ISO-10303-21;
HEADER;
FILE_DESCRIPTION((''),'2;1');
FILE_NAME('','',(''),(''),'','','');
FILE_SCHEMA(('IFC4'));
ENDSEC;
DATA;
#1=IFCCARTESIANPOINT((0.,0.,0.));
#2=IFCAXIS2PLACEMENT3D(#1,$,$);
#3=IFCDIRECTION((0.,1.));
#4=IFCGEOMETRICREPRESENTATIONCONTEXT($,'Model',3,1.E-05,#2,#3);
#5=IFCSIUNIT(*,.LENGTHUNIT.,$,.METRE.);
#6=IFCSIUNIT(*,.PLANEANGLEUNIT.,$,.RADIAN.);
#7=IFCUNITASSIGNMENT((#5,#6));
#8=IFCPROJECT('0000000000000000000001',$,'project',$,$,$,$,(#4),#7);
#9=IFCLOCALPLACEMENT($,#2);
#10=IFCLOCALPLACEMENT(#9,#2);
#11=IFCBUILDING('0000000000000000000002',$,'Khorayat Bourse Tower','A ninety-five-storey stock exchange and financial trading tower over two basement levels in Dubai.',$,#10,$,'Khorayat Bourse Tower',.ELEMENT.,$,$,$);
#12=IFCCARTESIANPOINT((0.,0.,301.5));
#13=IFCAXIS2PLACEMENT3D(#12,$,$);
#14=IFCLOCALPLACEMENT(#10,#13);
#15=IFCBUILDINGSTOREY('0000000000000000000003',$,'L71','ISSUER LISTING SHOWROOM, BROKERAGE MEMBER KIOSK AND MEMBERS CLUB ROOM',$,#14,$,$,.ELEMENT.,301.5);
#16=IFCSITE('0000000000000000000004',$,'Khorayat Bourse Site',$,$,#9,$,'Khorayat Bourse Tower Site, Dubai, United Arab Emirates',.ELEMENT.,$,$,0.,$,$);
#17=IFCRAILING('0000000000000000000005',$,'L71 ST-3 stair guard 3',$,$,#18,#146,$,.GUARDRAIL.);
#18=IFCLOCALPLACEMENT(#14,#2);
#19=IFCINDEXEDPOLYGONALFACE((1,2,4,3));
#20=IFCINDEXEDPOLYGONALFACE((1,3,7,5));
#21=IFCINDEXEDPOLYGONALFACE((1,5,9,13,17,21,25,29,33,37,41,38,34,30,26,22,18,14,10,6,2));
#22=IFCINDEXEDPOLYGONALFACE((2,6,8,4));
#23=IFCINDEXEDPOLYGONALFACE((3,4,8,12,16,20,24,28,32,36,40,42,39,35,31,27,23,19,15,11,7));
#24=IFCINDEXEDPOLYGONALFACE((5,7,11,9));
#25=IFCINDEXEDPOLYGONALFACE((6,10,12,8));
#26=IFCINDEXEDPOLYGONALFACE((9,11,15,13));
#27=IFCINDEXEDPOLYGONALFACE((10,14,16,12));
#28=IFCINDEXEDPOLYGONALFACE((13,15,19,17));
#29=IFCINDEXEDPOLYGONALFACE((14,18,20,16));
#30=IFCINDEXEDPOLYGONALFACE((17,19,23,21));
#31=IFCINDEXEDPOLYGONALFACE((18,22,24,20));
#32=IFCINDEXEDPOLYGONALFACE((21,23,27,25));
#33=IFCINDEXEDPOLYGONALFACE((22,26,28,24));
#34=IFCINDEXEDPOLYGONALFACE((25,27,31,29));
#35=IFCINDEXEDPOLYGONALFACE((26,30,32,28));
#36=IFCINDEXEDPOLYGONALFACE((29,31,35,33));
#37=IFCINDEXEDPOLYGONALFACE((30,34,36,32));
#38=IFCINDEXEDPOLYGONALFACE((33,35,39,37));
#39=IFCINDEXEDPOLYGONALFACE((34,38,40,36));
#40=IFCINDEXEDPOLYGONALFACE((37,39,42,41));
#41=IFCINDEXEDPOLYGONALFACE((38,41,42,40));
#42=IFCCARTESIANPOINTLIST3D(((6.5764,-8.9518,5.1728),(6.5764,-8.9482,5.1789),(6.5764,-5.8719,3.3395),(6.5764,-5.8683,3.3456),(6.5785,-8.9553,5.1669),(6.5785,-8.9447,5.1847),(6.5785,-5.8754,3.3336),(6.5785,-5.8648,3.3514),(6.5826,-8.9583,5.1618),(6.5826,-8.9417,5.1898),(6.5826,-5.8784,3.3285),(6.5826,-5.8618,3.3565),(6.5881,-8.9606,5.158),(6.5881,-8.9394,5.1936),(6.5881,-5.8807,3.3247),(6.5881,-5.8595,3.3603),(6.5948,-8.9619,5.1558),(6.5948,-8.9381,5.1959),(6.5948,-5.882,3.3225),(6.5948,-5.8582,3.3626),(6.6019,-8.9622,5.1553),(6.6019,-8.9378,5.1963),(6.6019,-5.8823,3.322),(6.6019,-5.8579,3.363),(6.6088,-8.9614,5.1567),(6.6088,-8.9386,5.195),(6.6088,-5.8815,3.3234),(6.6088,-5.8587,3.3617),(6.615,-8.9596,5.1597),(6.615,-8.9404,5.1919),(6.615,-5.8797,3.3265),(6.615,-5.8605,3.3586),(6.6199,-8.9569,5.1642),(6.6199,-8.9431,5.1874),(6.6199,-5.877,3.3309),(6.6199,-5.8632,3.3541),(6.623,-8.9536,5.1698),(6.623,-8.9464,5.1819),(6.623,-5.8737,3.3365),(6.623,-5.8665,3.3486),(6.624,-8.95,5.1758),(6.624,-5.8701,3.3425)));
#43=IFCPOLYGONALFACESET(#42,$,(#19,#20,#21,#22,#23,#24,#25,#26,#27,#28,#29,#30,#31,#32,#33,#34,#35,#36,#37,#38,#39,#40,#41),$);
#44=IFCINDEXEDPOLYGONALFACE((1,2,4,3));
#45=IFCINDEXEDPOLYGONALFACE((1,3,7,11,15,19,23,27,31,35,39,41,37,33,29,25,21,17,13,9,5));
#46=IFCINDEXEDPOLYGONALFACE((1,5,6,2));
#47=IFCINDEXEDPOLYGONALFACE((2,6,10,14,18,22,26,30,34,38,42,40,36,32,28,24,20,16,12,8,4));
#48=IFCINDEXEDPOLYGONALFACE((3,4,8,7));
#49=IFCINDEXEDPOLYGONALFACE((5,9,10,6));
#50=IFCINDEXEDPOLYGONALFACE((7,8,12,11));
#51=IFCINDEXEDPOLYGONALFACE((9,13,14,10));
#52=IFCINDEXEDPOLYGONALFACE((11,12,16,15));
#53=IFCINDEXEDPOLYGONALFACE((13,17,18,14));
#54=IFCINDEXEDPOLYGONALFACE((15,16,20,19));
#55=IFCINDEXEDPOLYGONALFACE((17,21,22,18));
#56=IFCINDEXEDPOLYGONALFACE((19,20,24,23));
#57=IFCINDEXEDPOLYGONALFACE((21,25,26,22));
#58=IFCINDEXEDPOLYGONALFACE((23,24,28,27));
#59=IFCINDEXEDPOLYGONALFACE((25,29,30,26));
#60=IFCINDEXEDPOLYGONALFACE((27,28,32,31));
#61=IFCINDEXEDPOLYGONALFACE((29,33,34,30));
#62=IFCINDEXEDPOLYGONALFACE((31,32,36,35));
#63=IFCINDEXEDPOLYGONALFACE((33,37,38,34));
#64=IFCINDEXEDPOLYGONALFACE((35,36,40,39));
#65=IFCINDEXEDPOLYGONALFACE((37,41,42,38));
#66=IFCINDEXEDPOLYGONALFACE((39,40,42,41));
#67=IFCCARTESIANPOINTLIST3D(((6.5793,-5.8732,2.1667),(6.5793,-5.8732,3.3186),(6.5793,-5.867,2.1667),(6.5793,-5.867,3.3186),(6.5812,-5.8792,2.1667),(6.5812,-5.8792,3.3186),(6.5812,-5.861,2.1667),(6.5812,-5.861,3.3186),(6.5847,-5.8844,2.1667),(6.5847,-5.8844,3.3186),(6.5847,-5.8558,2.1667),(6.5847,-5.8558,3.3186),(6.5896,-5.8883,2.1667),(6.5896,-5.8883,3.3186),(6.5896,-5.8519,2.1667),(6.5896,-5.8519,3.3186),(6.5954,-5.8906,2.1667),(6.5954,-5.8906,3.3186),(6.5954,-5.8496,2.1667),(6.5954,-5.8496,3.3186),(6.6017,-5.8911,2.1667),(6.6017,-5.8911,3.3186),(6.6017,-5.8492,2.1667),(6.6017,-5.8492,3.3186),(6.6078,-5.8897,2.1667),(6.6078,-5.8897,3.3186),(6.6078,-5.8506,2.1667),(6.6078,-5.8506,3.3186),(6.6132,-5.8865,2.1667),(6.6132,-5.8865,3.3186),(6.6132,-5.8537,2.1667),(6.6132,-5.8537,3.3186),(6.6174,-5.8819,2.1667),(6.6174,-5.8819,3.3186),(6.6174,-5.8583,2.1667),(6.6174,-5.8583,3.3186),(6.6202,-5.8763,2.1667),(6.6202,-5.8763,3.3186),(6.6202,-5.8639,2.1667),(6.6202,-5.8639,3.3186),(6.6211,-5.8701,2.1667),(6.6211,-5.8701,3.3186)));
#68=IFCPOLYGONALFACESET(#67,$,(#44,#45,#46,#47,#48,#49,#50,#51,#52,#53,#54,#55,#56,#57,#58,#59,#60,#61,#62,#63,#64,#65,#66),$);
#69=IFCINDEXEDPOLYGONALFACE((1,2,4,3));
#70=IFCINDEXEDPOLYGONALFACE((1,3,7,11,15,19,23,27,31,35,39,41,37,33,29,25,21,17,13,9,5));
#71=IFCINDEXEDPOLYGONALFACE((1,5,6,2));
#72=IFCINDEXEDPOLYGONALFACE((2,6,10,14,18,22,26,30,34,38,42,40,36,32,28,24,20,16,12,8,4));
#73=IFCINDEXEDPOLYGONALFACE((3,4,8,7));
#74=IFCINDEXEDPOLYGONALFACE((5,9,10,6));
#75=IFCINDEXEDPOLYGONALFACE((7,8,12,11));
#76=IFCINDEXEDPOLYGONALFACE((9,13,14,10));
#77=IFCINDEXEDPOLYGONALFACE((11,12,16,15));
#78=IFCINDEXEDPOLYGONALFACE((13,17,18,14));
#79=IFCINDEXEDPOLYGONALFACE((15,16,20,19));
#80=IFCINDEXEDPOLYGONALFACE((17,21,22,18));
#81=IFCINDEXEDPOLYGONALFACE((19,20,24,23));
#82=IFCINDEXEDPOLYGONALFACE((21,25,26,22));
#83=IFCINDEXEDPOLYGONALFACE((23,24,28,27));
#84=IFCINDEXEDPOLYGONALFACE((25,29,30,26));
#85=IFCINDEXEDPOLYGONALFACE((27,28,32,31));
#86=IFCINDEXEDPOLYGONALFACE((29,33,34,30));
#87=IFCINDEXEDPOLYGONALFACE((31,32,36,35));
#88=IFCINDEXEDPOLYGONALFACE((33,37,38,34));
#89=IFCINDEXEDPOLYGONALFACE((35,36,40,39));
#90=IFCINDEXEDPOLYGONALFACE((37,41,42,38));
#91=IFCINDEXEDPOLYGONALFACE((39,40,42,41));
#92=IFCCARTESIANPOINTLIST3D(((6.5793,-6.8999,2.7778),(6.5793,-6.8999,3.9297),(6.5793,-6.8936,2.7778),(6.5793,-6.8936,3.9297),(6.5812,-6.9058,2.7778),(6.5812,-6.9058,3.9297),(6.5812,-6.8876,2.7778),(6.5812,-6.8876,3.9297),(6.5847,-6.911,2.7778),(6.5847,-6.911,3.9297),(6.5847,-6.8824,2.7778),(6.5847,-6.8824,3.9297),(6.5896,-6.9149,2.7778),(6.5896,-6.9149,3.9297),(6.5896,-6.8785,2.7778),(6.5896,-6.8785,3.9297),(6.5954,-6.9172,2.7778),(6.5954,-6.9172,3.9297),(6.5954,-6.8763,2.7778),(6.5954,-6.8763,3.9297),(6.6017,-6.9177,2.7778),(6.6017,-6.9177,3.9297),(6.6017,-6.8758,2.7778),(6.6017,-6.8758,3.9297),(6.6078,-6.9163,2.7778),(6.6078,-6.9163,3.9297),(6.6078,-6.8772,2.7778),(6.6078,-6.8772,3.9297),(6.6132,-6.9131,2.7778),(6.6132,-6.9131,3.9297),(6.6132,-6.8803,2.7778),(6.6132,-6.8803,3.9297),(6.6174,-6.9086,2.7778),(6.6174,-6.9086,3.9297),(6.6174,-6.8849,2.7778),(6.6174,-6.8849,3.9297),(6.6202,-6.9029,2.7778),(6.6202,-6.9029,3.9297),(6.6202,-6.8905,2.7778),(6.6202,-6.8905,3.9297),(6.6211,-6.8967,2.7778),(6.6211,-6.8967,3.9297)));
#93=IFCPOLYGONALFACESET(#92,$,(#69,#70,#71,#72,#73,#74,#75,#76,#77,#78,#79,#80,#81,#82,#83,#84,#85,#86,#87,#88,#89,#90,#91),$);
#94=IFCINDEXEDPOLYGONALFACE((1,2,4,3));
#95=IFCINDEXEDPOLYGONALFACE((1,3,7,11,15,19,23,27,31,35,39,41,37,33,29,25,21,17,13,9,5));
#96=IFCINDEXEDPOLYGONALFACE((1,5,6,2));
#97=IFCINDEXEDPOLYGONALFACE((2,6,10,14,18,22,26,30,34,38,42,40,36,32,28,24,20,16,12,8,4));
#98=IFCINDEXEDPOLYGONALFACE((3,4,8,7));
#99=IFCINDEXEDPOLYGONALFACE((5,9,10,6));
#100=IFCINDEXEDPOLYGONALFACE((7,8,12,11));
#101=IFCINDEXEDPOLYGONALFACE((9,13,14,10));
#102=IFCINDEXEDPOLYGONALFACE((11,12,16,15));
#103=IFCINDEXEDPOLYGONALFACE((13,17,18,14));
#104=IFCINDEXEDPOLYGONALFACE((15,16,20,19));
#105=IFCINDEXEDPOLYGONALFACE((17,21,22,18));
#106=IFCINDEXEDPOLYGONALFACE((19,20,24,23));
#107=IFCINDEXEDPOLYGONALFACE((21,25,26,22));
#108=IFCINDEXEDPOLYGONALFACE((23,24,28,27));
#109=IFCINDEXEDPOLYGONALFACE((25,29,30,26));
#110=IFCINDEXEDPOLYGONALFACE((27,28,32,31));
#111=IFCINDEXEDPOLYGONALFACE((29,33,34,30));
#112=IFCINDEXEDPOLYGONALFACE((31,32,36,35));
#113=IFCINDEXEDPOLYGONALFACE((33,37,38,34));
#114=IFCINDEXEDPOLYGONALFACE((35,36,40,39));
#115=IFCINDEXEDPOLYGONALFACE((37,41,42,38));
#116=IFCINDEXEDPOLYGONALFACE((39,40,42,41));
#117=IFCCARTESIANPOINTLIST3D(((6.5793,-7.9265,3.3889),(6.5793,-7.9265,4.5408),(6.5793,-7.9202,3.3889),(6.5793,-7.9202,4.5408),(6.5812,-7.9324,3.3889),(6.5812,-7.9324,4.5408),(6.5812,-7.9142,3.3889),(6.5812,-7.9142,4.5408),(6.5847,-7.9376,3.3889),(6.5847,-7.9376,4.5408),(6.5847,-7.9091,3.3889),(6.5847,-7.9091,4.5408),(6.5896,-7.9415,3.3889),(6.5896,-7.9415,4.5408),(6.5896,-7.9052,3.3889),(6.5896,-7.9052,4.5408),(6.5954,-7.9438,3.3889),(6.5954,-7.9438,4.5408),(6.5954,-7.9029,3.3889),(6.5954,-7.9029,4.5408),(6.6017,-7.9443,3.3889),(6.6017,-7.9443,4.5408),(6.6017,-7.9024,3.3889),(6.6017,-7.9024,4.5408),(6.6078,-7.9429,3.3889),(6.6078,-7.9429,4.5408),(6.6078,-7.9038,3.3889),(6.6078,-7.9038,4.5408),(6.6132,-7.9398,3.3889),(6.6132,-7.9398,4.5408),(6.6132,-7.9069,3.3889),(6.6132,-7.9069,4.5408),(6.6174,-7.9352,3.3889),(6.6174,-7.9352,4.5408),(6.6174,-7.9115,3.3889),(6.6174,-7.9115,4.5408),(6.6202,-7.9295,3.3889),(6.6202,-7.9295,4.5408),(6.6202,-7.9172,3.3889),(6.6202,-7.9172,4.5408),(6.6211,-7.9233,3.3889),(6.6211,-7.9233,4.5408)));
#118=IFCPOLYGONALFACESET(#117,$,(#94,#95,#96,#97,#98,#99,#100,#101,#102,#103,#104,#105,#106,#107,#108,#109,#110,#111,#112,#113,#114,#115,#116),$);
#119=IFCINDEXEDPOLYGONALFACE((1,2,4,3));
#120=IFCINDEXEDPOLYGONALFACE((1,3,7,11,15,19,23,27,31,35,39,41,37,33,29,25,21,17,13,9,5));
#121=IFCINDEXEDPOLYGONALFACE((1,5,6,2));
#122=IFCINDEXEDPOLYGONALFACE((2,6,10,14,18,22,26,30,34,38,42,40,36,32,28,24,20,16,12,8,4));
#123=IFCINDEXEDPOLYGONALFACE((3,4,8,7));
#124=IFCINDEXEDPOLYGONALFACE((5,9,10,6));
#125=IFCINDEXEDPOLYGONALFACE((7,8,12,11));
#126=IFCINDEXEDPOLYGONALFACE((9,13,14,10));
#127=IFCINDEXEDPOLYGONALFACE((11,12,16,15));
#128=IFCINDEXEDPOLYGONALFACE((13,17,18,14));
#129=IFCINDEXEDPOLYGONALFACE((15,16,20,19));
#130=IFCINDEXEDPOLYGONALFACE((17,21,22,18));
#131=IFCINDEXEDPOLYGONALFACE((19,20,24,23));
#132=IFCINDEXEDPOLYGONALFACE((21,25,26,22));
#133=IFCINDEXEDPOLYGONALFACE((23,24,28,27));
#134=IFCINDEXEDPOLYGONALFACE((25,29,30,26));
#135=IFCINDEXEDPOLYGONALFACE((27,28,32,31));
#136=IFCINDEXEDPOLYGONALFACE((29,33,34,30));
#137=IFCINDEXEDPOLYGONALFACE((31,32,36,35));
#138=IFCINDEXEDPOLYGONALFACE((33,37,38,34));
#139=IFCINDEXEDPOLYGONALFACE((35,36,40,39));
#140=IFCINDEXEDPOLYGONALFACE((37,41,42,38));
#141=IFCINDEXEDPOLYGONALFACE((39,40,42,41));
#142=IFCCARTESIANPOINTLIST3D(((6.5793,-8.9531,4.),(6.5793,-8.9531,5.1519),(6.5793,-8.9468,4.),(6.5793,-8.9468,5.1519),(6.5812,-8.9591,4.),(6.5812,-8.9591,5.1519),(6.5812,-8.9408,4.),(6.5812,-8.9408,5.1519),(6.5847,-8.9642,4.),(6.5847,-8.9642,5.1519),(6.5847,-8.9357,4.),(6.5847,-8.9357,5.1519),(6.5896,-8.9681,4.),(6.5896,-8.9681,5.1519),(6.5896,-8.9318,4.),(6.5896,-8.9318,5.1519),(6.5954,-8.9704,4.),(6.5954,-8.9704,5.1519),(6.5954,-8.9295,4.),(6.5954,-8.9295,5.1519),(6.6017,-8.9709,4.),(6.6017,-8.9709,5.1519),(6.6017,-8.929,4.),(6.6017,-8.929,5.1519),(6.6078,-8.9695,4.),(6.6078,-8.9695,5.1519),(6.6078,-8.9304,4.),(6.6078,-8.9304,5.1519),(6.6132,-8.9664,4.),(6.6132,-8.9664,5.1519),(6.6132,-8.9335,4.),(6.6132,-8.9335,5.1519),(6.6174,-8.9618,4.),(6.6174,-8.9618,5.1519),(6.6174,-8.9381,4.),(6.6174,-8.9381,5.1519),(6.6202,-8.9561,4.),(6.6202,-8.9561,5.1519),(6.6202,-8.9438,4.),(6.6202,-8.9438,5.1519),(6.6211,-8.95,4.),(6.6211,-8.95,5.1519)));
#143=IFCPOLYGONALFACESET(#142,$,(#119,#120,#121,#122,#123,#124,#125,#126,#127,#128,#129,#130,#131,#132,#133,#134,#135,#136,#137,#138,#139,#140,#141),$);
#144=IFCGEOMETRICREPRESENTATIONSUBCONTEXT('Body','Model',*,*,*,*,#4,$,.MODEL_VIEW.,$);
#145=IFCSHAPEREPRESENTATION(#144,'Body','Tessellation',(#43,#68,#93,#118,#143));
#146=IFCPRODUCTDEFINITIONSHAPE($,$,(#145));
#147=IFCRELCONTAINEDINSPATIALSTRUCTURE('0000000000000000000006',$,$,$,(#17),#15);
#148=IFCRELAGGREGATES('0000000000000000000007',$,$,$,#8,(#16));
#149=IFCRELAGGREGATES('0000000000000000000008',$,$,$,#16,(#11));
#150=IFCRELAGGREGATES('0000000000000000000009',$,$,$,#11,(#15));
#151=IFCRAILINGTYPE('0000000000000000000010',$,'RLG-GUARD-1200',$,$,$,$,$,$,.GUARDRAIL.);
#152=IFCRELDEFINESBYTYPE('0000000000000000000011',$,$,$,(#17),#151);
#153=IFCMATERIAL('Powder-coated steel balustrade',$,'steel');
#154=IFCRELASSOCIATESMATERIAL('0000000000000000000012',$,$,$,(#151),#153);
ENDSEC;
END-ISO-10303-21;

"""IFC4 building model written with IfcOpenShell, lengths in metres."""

from ifc_helpers import new_model, si_unit, direction, frame, origin, origin_2d, place, context, subcontext, project, spatial, circle, extrude, source, transform, mapped, material, type_object, element, save


model = new_model("IFC4")

# Units and contexts
model_context = context("Model", 3, precision=1e-05, world=origin(), true_north=direction((0.0, 1.0)))
body_context = subcontext(model_context, "Body", "Model", "MODEL_VIEW")
ifc_project = project(units=[si_unit("LENGTHUNIT", "METRE"), si_unit("PLANEANGLEUNIT", "RADIAN")], contexts=[model_context])

# Site, building, storey
site_placement = place(None, origin())
site = spatial("IfcSite", under=ifc_project, at=site_placement, Name="Khorayat Bourse Site", LongName="Khorayat Bourse Tower Site, Dubai, United Arab Emirates", CompositionType="ELEMENT", RefElevation=0.0)
building_placement = place(site_placement, origin())
building = spatial("IfcBuilding", under=site, at=building_placement, Name="Khorayat Bourse Tower", Description="A ninety-five-storey stock exchange and financial trading tower over two basement levels in Dubai.", LongName="Khorayat Bourse Tower", CompositionType="ELEMENT")
storey_placement = place(building_placement, frame((0.0, 0.0, 301.5)))
storey = spatial("IfcBuildingStorey", under=building, at=storey_placement, Name="L71", Description="ISSUER LISTING SHOWROOM, BROKERAGE MEMBER KIOSK AND MEMBERS CLUB ROOM", CompositionType="ELEMENT", Elevation=301.5)

# Railing
ifc_material_1 = material(Name="Powder-coated steel balustrade", Category="steel")
railing_type_1 = type_object("IfcRailingType", Name="RLG-GUARD-1200", PredefinedType="GUARDRAIL", material=ifc_material_1)
shared_shape_1 = source(origin(), body_context, "Body", "SweptSolid", [
    extrude(circle(Radius=0.0239, at=origin_2d()), frame((0.0, 0.0, 1.1758), z_axis=(0.0, -0.859291, 0.511487), x_axis=(1.0, 0.0, 0.0)), (0.0, 0.0, 1.0), 3.5842),
    extrude(circle(Radius=0.021, at=origin_2d()), origin(), (0.0, 0.0, 1.0), 1.1519),
    extrude(circle(Radius=0.021, at=origin_2d()), frame((0.0, -1.0266, 0.6111)), (0.0, 0.0, 1.0), 1.1519),
    extrude(circle(Radius=0.021, at=origin_2d()), frame((0.0, -2.0532, 1.2222)), (0.0, 0.0, 1.0), 1.1519),
    extrude(circle(Radius=0.021, at=origin_2d()), frame((0.0, -3.0798, 1.8333)), (0.0, 0.0, 1.0), 1.1519),
])
railing_1_placement = place(storey_placement, frame((6.6001, -5.8701, 2.1667)))
element("IfcRailing", 1, at=railing_1_placement, inside=storey, type_object=railing_type_1, Name="L71 ST-3 stair guard 3", PredefinedType="GUARDRAIL", context=body_context, shape_type="MappedRepresentation", body=[
    mapped(shared_shape_1, transform((0.0, 0.0, 0.0), scale=1.0)),
])

save(model, "model.ifc")
